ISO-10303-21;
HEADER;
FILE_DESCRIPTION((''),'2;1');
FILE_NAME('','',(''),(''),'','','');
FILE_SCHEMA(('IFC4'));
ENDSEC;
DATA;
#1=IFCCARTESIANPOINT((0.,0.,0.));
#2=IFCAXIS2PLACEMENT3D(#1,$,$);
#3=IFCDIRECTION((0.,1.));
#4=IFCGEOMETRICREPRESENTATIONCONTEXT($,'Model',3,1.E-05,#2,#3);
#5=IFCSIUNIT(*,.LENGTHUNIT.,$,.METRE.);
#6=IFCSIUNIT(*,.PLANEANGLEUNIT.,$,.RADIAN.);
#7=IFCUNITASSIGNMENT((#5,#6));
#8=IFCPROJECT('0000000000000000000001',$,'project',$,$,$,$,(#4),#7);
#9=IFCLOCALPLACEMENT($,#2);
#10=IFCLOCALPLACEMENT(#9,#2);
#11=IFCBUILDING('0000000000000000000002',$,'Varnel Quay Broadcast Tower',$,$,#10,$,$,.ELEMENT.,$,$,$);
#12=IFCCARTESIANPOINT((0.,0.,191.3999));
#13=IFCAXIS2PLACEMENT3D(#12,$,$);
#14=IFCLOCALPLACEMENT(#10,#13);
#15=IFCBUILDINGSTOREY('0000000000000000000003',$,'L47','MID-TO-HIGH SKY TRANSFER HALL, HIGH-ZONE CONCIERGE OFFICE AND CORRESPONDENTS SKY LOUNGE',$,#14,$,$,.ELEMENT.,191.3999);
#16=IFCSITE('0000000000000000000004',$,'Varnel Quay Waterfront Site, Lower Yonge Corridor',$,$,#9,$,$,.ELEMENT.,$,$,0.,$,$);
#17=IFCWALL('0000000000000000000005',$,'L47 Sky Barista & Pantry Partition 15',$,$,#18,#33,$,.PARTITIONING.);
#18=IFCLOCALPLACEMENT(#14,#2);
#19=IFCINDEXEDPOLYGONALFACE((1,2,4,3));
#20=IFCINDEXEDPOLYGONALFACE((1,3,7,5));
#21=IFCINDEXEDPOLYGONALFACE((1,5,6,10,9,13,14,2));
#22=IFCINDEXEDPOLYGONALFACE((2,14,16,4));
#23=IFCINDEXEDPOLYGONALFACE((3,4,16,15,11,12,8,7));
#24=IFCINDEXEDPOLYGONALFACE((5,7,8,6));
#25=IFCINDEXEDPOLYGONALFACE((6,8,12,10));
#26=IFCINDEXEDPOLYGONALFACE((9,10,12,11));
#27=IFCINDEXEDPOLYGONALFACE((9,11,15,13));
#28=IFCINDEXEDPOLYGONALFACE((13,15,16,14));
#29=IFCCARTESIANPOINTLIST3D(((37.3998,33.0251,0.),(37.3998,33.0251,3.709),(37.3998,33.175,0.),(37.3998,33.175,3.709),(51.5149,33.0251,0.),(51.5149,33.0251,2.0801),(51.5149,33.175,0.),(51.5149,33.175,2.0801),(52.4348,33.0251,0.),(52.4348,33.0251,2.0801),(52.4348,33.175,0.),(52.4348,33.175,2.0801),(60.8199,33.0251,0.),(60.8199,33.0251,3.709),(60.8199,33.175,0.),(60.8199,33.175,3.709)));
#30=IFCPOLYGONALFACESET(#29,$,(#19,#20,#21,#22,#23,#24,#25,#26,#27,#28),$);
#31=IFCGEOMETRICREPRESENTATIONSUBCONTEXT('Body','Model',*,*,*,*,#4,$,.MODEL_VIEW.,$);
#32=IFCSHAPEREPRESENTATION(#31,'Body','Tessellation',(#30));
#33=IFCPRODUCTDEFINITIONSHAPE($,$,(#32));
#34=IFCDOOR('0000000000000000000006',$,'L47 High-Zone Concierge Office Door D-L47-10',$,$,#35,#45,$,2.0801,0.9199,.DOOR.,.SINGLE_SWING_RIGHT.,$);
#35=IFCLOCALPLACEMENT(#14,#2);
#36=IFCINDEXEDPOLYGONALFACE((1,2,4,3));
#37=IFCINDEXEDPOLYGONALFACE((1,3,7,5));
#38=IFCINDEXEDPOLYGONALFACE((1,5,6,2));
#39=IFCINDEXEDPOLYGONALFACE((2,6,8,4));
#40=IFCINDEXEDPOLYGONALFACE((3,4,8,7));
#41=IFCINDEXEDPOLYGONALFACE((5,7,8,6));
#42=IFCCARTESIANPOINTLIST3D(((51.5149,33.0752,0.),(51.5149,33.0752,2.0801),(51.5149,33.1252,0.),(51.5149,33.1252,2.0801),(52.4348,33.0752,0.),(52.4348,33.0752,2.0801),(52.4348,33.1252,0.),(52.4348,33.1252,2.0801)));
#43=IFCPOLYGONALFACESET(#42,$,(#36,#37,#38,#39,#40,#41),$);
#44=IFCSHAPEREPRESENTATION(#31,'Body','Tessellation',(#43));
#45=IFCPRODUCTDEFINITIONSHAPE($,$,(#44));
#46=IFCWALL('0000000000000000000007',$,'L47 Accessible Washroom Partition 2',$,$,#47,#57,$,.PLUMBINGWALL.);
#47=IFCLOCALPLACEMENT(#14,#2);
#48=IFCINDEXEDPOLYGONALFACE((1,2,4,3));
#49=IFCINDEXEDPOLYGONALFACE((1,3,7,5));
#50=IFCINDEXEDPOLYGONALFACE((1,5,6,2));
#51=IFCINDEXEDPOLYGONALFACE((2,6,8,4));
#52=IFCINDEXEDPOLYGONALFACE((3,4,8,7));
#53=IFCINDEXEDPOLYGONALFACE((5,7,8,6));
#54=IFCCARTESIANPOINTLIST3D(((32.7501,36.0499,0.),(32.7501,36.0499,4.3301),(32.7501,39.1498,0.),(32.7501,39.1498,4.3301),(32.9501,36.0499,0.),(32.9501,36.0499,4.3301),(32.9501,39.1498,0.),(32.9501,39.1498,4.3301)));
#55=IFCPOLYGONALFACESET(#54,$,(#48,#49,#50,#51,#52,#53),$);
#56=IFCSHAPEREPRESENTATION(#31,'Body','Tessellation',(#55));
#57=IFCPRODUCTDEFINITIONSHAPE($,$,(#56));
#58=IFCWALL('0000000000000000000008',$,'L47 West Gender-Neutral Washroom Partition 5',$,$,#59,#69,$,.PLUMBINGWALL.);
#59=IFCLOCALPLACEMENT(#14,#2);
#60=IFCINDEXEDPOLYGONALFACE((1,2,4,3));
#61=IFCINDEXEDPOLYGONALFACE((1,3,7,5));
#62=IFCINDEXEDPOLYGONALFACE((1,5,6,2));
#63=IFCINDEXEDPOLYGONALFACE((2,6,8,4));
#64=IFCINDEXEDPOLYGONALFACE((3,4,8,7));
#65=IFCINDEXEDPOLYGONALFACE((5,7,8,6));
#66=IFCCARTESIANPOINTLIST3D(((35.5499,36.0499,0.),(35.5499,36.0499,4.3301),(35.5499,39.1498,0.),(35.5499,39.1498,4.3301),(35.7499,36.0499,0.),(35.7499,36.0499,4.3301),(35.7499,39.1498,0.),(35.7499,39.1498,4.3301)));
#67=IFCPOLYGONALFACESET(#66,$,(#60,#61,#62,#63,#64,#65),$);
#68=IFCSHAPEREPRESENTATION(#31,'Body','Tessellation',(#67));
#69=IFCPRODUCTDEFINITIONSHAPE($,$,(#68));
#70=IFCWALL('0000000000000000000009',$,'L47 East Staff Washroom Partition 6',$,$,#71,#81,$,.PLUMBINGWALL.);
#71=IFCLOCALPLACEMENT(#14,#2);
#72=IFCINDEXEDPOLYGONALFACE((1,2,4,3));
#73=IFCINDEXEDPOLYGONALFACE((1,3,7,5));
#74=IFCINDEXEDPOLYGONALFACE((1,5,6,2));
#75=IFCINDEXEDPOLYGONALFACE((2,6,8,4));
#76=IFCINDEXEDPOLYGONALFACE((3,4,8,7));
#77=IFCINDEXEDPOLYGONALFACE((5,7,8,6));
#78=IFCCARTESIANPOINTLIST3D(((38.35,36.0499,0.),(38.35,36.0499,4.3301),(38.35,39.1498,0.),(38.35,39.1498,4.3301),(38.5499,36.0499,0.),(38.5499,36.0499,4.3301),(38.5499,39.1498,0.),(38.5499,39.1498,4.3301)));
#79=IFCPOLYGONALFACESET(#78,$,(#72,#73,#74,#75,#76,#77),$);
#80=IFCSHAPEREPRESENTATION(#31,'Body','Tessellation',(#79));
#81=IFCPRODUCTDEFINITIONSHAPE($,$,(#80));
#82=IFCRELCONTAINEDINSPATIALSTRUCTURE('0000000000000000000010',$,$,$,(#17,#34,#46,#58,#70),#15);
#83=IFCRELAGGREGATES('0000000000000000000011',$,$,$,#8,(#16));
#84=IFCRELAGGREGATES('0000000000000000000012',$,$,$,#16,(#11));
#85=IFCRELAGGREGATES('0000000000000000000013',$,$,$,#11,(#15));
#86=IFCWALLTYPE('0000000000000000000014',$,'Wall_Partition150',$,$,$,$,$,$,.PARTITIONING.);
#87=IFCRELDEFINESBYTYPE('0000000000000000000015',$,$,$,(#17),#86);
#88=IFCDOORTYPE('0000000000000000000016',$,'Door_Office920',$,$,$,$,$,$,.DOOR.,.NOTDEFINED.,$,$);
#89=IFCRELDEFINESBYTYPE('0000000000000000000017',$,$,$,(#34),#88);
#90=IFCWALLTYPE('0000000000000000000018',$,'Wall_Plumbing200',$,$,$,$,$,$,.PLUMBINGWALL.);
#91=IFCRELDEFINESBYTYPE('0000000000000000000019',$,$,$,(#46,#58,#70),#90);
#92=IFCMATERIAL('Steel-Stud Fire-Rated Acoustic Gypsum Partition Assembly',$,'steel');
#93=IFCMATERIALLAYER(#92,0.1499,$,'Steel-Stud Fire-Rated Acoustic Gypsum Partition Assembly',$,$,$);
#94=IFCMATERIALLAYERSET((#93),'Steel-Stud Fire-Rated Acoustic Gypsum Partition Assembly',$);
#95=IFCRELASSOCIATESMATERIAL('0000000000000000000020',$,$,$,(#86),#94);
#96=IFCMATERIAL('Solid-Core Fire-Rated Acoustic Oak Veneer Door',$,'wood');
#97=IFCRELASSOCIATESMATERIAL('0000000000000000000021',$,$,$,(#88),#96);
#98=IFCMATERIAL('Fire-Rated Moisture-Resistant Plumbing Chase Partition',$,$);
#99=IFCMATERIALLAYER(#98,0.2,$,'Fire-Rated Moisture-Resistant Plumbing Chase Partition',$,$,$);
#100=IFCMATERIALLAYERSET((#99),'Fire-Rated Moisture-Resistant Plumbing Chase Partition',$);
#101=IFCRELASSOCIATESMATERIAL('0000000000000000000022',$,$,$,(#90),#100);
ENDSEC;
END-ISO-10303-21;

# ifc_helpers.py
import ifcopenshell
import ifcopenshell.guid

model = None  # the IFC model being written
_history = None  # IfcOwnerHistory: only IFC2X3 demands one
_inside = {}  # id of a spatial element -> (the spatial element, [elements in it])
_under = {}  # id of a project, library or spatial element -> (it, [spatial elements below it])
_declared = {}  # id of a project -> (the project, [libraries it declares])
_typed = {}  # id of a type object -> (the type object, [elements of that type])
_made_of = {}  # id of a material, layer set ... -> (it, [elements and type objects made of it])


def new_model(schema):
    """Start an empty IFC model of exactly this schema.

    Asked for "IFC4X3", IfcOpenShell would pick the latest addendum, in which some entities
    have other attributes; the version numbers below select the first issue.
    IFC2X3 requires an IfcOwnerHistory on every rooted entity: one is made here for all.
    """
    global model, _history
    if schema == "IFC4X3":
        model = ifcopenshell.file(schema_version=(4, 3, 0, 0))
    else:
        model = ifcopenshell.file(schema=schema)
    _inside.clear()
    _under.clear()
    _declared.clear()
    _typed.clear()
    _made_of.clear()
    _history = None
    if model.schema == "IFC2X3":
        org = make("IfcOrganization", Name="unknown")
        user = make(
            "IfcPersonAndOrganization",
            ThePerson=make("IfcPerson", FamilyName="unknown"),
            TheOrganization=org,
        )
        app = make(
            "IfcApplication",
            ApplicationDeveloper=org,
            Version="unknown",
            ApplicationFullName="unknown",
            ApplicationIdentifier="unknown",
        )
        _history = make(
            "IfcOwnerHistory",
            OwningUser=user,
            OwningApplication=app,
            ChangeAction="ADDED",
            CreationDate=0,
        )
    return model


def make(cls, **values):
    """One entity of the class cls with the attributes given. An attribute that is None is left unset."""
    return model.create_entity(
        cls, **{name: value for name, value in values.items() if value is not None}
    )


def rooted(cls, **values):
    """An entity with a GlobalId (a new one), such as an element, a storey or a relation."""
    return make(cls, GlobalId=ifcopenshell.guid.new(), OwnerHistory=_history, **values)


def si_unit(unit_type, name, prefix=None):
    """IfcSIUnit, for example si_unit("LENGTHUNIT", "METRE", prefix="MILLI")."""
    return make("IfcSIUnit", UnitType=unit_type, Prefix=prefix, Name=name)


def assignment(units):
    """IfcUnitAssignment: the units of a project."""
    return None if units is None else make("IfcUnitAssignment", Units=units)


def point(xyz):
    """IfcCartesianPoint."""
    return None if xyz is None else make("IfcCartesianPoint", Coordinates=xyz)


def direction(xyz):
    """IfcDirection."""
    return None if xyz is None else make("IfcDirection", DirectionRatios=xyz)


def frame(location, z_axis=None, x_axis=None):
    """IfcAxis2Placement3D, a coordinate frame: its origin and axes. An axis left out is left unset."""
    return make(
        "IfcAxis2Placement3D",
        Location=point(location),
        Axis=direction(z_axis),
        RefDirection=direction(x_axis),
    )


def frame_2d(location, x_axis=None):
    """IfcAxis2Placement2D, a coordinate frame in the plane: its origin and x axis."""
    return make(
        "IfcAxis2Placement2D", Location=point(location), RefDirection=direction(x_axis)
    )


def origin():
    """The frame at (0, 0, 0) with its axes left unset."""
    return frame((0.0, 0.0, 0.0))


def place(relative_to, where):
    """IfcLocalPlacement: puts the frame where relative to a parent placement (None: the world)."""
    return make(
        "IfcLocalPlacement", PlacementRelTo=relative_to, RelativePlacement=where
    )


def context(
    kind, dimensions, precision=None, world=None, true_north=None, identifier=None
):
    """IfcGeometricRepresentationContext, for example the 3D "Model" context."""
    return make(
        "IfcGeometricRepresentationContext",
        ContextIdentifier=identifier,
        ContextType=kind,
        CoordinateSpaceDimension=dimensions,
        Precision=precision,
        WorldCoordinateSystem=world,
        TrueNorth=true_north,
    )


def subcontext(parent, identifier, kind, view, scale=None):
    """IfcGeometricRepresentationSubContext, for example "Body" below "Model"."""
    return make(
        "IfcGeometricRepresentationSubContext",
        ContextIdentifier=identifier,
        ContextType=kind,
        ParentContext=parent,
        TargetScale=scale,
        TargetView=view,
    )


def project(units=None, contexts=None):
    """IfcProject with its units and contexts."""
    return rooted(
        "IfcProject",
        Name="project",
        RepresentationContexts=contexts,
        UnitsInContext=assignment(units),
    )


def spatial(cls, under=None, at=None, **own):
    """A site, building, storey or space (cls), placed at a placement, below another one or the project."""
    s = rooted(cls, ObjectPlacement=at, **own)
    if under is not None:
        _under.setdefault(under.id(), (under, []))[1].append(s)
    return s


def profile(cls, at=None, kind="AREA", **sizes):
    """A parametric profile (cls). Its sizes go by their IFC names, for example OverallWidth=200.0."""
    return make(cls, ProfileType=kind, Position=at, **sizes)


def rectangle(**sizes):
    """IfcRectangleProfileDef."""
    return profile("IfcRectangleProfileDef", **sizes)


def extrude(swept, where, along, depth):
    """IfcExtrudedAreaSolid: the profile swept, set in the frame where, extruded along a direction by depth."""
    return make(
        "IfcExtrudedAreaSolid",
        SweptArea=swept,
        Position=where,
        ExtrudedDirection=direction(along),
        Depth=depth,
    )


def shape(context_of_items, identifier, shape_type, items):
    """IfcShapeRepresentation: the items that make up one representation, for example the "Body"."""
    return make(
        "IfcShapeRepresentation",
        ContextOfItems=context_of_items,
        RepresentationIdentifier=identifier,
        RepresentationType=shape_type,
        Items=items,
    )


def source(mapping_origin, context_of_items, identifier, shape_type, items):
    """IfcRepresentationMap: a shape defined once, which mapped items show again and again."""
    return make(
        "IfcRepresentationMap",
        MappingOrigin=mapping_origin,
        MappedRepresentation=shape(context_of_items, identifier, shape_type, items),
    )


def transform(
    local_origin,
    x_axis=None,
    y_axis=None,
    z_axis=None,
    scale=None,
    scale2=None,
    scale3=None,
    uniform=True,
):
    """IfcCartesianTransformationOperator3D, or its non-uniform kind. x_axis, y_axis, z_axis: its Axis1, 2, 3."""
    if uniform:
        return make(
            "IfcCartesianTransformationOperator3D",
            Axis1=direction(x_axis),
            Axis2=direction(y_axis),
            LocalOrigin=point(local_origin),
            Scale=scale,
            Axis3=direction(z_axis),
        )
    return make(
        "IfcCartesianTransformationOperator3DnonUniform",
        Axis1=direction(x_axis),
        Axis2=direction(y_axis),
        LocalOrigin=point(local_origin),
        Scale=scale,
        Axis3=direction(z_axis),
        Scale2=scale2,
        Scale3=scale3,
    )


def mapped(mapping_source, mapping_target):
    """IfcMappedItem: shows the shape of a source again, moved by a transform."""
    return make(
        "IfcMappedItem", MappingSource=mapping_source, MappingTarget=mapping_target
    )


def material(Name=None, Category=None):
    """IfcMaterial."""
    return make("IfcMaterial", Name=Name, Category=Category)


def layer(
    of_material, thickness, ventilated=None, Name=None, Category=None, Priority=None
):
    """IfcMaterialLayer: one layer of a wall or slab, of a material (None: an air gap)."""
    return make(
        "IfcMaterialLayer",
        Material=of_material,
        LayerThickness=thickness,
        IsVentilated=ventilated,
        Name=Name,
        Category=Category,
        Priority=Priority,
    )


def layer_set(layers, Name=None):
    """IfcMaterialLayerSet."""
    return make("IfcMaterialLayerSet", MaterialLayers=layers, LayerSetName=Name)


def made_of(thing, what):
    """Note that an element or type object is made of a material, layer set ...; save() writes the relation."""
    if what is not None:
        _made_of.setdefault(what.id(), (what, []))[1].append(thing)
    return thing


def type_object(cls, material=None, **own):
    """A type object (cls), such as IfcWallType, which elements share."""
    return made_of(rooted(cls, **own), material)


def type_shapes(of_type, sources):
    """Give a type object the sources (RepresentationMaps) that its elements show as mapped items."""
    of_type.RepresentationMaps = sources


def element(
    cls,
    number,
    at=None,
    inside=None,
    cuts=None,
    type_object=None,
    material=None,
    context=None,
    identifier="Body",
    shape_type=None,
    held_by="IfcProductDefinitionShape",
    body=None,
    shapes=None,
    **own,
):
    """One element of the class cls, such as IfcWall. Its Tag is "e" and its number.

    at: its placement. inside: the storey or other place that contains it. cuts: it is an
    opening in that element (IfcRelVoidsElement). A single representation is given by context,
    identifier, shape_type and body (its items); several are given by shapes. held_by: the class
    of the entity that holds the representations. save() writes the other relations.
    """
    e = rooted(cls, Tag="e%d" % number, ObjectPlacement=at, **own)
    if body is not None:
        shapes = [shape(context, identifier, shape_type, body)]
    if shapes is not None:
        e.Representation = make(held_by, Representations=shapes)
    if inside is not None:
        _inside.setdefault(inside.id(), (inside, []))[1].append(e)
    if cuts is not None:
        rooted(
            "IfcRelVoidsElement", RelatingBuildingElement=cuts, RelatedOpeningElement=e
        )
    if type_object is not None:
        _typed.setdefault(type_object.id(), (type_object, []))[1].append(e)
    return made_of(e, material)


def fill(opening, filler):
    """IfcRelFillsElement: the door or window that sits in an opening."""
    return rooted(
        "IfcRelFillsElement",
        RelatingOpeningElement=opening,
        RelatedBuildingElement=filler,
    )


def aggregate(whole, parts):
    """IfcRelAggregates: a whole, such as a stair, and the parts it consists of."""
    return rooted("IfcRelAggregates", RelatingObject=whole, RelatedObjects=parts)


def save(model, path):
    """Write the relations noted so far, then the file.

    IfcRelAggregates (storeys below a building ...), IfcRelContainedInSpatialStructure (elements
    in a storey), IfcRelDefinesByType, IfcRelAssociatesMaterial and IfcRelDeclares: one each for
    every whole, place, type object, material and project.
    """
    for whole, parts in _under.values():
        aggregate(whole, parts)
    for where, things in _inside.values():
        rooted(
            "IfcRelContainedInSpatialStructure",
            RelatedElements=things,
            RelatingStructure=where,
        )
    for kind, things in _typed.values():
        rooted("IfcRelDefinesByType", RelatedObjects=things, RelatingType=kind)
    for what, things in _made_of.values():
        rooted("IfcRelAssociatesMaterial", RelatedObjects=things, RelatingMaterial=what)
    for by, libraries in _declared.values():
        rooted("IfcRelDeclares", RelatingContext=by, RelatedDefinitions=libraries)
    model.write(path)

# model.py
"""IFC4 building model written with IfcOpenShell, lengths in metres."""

from ifc_helpers import new_model, si_unit, direction, frame, frame_2d, origin, place, context, subcontext, project, spatial, rectangle, extrude, source, transform, mapped, material, layer, layer_set, type_object, type_shapes, element, fill, save


model = new_model("IFC4")

# Units and contexts
model_context = context("Model", 3, precision=1e-05, world=origin(), true_north=direction((0.0, 1.0)))
body_context = subcontext(model_context, "Body", "Model", "MODEL_VIEW")
ifc_project = project(units=[si_unit("LENGTHUNIT", "METRE"), si_unit("PLANEANGLEUNIT", "RADIAN")], contexts=[model_context])

# Site, building, storey
site_placement = place(None, origin())
site = spatial("IfcSite", under=ifc_project, at=site_placement, Name="Varnel Quay Waterfront Site, Lower Yonge Corridor", CompositionType="ELEMENT", RefElevation=0.0)
building_placement = place(site_placement, origin())
building = spatial("IfcBuilding", under=site, at=building_placement, Name="Varnel Quay Broadcast Tower", CompositionType="ELEMENT")
storey_placement = place(building_placement, frame((0.0, 0.0, 191.3999)))
storey = spatial("IfcBuildingStorey", under=building, at=storey_placement, Name="L47", Description="MID-TO-HIGH SKY TRANSFER HALL, HIGH-ZONE CONCIERGE OFFICE AND CORRESPONDENTS SKY LOUNGE", CompositionType="ELEMENT", Elevation=191.3999)

# Shared definitions
ifc_material_1 = material(Name="Solid-Core Fire-Rated Acoustic Oak Veneer Door", Category="wood")

# Shared definitions
ifc_material_2 = material(Name="Steel-Stud Fire-Rated Acoustic Gypsum Partition Assembly", Category="steel")

# Wall, opening, door
ifc_layer_1 = layer(ifc_material_2, 0.1499, Name="Steel-Stud Fire-Rated Acoustic Gypsum Partition Assembly")
ifc_layer_set_1 = layer_set([ifc_layer_1], Name="Steel-Stud Fire-Rated Acoustic Gypsum Partition Assembly")
wall_type_1 = type_object("IfcWallType", Name="Wall_Partition150", PredefinedType="PARTITIONING", material=ifc_layer_set_1)
wall_1_placement = place(storey_placement, frame((37.3999, 33.1001, 0.0), z_axis=(0.0, 0.0, 1.0), x_axis=(1.0, 0.0, 0.0)))
wall_1 = element("IfcWall", 1, at=wall_1_placement, inside=storey, type_object=wall_type_1, Name="L47 Sky Barista & Pantry Partition 15", PredefinedType="PARTITIONING", context=body_context, shape_type="SweptSolid", body=[
    extrude(rectangle(XDim=23.4202, YDim=0.1499, at=frame_2d((11.71, 0.0))), origin(), (0.0, 0.0, 1.0), 3.709),
])
opening_1_placement = place(wall_1_placement, frame((14.115, 0.0, 0.0)))
opening_1 = element("IfcOpeningElement", 2, at=opening_1_placement, cuts=wall_1, PredefinedType="OPENING", context=body_context, shape_type="SweptSolid", body=[
    extrude(rectangle(XDim=0.9199, YDim=2.0801, at=frame_2d((0.46, 1.04))), frame((0.0, 0.085, 0.0), z_axis=(0.0, -1.0, 0.0), x_axis=(1.0, 0.0, 0.0)), (0.0, 0.0, 1.0), 0.1699),
])
door_type_1 = type_object("IfcDoorType", Name="Door_Office920", OperationType="NOTDEFINED", PredefinedType="DOOR", material=ifc_material_1)
shared_shape_1 = source(origin(), body_context, "Body", "SweptSolid", [
    extrude(rectangle(XDim=0.9199, YDim=2.0801, at=frame_2d((0.46, 1.04))), frame((0.0, 0.0249, 0.0), z_axis=(0.0, -1.0, 0.0), x_axis=(1.0, 0.0, 0.0)), (0.0, 0.0, 1.0), 0.05),
])
type_shapes(door_type_1, [shared_shape_1])
door_1_placement = place(opening_1_placement, frame((0.9199, 0.0, 0.0), z_axis=(0.0, 0.0, 1.0), x_axis=(-1.0, 0.0, 0.0)))
door_1 = element("IfcDoor", 3, at=door_1_placement, inside=storey, type_object=door_type_1, Name="L47 High-Zone Concierge Office Door D-L47-10", OperationType="SINGLE_SWING_RIGHT", OverallHeight=2.0801, OverallWidth=0.9199, PredefinedType="DOOR", context=body_context, shape_type="MappedRepresentation", body=[
    mapped(shared_shape_1, transform((0.0, 0.0, 0.0), x_axis=(1.0, 0.0, 0.0), y_axis=(0.0, 1.0, 0.0), z_axis=(0.0, 0.0, 1.0), scale=1.0)),
])
fill(opening_1, door_1)

# Walls
ifc_material_3 = material(Name="Fire-Rated Moisture-Resistant Plumbing Chase Partition")
ifc_layer_2 = layer(ifc_material_3, 0.2, Name="Fire-Rated Moisture-Resistant Plumbing Chase Partition")
ifc_layer_set_2 = layer_set([ifc_layer_2], Name="Fire-Rated Moisture-Resistant Plumbing Chase Partition")
wall_type_2 = type_object("IfcWallType", Name="Wall_Plumbing200", PredefinedType="PLUMBINGWALL", material=ifc_layer_set_2)
for number, where, z_axis, x_axis, name in (
    (4, (32.8501, 36.05, 0.0), (0.0, 0.0, 1.0), (0.0, 1.0, 0.0), "L47 Accessible Washroom Partition 2"),
    (5, (35.6499, 36.05, 0.0), (0.0, 0.0, 1.0), (0.0, 1.0, 0.0), "L47 West Gender-Neutral Washroom Partition 5"),
    (6, (38.45, 36.05, 0.0), (0.0, 0.0, 1.0), (0.0, 1.0, 0.0), "L47 East Staff Washroom Partition 6"),
):
    element("IfcWall", number, at=place(storey_placement, frame(where, z_axis=z_axis, x_axis=x_axis)), inside=storey, type_object=wall_type_2, Name=name, PredefinedType="PLUMBINGWALL", context=body_context, shape_type="SweptSolid", body=[
        extrude(rectangle(XDim=3.0999, YDim=0.2, at=frame_2d((1.5498, 0.0))), origin(), (0.0, 0.0, 1.0), 4.3301),
    ])

save(model, "model.ifc")
